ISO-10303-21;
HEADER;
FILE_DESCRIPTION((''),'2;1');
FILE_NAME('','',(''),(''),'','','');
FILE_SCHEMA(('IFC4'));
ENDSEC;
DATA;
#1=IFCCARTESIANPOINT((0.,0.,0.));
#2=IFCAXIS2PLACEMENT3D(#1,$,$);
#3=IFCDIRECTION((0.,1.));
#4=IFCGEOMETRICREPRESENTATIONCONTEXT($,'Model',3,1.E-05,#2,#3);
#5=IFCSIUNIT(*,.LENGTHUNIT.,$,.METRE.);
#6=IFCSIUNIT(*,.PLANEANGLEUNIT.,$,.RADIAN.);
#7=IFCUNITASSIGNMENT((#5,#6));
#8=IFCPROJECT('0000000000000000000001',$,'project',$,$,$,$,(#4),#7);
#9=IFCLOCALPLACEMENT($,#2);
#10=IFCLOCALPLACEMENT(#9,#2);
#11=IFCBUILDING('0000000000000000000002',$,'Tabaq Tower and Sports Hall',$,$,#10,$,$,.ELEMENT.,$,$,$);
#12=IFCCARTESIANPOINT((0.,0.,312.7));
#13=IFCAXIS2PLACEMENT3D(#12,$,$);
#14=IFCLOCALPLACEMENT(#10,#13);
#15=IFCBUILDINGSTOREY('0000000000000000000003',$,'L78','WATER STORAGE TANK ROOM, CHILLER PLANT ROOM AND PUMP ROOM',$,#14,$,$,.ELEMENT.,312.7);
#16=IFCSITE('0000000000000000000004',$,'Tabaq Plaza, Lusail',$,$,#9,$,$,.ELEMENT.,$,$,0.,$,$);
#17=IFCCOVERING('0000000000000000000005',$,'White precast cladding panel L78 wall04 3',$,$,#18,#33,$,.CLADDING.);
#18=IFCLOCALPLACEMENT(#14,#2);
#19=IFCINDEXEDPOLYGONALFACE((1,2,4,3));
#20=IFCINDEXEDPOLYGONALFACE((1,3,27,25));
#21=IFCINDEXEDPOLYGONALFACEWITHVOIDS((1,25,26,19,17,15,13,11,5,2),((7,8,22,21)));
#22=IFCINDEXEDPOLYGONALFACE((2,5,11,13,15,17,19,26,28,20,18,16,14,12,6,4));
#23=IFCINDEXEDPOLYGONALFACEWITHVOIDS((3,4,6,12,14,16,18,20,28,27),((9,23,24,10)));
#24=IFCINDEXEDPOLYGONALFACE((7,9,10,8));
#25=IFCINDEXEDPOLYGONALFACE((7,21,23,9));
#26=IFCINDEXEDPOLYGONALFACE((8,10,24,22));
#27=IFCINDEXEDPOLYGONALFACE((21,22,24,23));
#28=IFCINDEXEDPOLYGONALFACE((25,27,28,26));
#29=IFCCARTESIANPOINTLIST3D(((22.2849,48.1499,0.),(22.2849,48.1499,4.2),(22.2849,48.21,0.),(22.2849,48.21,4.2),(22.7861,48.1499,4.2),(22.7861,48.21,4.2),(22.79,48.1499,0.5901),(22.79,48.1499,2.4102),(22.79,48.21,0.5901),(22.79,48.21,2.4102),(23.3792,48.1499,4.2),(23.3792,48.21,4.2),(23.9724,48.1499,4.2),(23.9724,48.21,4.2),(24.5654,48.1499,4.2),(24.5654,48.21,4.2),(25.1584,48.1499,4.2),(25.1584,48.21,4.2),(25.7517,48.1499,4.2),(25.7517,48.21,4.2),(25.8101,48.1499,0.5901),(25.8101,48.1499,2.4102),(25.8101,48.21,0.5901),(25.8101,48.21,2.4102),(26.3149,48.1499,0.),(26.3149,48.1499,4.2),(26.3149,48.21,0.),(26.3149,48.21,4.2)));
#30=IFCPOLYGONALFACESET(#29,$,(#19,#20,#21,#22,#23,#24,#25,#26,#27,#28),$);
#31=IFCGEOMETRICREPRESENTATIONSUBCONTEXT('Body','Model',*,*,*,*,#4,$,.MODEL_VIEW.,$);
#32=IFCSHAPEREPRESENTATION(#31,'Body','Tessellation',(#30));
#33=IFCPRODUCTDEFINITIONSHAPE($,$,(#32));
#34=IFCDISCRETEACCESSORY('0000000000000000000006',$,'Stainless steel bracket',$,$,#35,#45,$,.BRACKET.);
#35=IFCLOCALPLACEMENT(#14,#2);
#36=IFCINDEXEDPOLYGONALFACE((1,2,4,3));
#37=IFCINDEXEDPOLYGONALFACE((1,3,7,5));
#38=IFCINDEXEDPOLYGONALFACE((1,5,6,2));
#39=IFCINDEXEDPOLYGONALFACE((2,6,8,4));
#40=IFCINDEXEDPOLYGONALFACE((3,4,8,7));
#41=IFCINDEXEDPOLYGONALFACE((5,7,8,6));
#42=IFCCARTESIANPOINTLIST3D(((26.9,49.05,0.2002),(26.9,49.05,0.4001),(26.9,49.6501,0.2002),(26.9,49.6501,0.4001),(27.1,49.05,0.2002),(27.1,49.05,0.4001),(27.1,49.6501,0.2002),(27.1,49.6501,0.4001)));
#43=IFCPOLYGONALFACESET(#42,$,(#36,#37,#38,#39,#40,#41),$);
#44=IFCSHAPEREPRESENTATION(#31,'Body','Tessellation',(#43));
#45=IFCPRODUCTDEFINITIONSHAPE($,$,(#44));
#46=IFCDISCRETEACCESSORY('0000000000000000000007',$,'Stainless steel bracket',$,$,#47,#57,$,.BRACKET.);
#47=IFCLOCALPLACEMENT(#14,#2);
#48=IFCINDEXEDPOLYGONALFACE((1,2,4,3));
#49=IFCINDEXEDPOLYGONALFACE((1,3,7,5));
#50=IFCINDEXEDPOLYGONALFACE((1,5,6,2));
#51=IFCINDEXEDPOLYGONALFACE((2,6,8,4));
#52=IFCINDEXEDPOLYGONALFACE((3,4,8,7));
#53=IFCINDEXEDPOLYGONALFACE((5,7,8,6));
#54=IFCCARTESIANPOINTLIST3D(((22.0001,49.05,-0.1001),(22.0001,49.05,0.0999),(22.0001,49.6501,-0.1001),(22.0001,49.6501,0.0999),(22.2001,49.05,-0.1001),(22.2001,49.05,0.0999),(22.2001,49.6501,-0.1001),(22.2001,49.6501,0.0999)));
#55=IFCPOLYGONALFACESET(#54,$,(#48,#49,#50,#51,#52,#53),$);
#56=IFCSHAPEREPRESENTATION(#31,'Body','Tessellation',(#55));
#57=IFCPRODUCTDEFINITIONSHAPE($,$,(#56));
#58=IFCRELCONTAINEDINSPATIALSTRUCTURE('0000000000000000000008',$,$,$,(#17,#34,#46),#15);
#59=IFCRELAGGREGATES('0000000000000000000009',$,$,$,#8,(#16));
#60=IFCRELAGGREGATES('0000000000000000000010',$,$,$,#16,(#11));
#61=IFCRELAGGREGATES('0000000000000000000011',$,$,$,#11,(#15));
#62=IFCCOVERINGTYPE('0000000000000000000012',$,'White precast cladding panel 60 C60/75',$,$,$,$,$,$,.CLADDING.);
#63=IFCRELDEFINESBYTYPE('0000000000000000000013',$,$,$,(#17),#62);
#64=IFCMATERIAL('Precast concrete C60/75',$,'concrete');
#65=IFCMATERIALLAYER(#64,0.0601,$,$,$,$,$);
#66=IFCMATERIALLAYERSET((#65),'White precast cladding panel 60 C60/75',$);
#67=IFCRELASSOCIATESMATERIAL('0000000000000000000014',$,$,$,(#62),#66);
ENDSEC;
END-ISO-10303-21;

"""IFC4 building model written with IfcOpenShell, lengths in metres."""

from ifc_helpers import new_model, si_unit, direction, frame, origin, origin_2d, place, context, subcontext, project, spatial, polyline, rectangle, outline, extrude, material, layer, layer_set, type_object, element, save


model = new_model("IFC4")

# Units and contexts
model_context = context("Model", 3, precision=1e-05, world=origin(), true_north=direction((0.0, 1.0)))
body_context = subcontext(model_context, "Body", "Model", "MODEL_VIEW")
ifc_project = project(units=[si_unit("LENGTHUNIT", "METRE"), si_unit("PLANEANGLEUNIT", "RADIAN")], contexts=[model_context])

# Site, building, storey
site_placement = place(None, origin())
site = spatial("IfcSite", under=ifc_project, at=site_placement, Name="Tabaq Plaza, Lusail", CompositionType="ELEMENT", RefElevation=0.0)
building_placement = place(site_placement, origin())
building = spatial("IfcBuilding", under=site, at=building_placement, Name="Tabaq Tower and Sports Hall", CompositionType="ELEMENT")
storey_placement = place(building_placement, frame((0.0, 0.0, 312.7)))
storey = spatial("IfcBuildingStorey", under=building, at=storey_placement, Name="L78", Description="WATER STORAGE TANK ROOM, CHILLER PLANT ROOM AND PUMP ROOM", CompositionType="ELEMENT", Elevation=312.7)

# Covering
ifc_material_1 = material(Name="Precast concrete C60/75", Category="concrete")
ifc_layer_1 = layer(ifc_material_1, 0.0601)
ifc_layer_set_1 = layer_set([ifc_layer_1], Name="White precast cladding panel 60 C60/75")
covering_type_1 = type_object("IfcCoveringType", Name="White precast cladding panel 60 C60/75", PredefinedType="CLADDING", material=ifc_layer_set_1)
covering_1_placement = place(storey_placement, frame((26.3149, 48.1799, 0.0), z_axis=(0.0, 0.0, 1.0), x_axis=(-1.0, 0.0, 0.0)))
element("IfcCovering", 1, at=covering_1_placement, inside=storey, type_object=covering_type_1, Name="White precast cladding panel L78 wall04 3", PredefinedType="CLADDING", context=body_context, shape_type="SweptSolid", body=[
    extrude(outline(polyline([(0.0, 0.0), (4.03, 0.0), (4.03, 4.2), (3.5288, 4.2), (2.9358, 4.2), (2.3425, 4.2), (1.7495, 4.2), (1.1565, 4.2), (0.5632, 4.2), (0.0, 4.2), (0.0, 0.0)]), holes=[polyline([(0.5049, 0.5901), (0.5049, 2.4102), (3.5249, 2.4102), (3.5249, 0.5901), (0.5049, 0.5901)])]), frame((0.0, 0.03, 0.0), z_axis=(0.0, -1.0, 0.0), x_axis=(1.0, 0.0, 0.0)), (0.0, 0.0, 1.0), 0.0601),
])

# Discrete accessories
for number, where, z_axis, x_axis, name in (
    (2, (27.0, 49.3501, 0.2002), (0.0, 0.0, 1.0), (0.0, 1.0, 0.0), "Stainless steel bracket"),
    (3, (22.1001, 49.3501, -0.1001), (0.0, 0.0, 1.0), (0.0, 1.0, 0.0), "Stainless steel bracket"),
):
    element("IfcDiscreteAccessory", number, at=place(storey_placement, frame(where, z_axis=z_axis, x_axis=x_axis)), inside=storey, Name=name, PredefinedType="BRACKET", context=body_context, shape_type="SweptSolid", body=[
        extrude(rectangle(XDim=0.6001, YDim=0.2, at=origin_2d()), origin(), (0.0, 0.0, 1.0), 0.2),
    ])

save(model, "model.ifc")
